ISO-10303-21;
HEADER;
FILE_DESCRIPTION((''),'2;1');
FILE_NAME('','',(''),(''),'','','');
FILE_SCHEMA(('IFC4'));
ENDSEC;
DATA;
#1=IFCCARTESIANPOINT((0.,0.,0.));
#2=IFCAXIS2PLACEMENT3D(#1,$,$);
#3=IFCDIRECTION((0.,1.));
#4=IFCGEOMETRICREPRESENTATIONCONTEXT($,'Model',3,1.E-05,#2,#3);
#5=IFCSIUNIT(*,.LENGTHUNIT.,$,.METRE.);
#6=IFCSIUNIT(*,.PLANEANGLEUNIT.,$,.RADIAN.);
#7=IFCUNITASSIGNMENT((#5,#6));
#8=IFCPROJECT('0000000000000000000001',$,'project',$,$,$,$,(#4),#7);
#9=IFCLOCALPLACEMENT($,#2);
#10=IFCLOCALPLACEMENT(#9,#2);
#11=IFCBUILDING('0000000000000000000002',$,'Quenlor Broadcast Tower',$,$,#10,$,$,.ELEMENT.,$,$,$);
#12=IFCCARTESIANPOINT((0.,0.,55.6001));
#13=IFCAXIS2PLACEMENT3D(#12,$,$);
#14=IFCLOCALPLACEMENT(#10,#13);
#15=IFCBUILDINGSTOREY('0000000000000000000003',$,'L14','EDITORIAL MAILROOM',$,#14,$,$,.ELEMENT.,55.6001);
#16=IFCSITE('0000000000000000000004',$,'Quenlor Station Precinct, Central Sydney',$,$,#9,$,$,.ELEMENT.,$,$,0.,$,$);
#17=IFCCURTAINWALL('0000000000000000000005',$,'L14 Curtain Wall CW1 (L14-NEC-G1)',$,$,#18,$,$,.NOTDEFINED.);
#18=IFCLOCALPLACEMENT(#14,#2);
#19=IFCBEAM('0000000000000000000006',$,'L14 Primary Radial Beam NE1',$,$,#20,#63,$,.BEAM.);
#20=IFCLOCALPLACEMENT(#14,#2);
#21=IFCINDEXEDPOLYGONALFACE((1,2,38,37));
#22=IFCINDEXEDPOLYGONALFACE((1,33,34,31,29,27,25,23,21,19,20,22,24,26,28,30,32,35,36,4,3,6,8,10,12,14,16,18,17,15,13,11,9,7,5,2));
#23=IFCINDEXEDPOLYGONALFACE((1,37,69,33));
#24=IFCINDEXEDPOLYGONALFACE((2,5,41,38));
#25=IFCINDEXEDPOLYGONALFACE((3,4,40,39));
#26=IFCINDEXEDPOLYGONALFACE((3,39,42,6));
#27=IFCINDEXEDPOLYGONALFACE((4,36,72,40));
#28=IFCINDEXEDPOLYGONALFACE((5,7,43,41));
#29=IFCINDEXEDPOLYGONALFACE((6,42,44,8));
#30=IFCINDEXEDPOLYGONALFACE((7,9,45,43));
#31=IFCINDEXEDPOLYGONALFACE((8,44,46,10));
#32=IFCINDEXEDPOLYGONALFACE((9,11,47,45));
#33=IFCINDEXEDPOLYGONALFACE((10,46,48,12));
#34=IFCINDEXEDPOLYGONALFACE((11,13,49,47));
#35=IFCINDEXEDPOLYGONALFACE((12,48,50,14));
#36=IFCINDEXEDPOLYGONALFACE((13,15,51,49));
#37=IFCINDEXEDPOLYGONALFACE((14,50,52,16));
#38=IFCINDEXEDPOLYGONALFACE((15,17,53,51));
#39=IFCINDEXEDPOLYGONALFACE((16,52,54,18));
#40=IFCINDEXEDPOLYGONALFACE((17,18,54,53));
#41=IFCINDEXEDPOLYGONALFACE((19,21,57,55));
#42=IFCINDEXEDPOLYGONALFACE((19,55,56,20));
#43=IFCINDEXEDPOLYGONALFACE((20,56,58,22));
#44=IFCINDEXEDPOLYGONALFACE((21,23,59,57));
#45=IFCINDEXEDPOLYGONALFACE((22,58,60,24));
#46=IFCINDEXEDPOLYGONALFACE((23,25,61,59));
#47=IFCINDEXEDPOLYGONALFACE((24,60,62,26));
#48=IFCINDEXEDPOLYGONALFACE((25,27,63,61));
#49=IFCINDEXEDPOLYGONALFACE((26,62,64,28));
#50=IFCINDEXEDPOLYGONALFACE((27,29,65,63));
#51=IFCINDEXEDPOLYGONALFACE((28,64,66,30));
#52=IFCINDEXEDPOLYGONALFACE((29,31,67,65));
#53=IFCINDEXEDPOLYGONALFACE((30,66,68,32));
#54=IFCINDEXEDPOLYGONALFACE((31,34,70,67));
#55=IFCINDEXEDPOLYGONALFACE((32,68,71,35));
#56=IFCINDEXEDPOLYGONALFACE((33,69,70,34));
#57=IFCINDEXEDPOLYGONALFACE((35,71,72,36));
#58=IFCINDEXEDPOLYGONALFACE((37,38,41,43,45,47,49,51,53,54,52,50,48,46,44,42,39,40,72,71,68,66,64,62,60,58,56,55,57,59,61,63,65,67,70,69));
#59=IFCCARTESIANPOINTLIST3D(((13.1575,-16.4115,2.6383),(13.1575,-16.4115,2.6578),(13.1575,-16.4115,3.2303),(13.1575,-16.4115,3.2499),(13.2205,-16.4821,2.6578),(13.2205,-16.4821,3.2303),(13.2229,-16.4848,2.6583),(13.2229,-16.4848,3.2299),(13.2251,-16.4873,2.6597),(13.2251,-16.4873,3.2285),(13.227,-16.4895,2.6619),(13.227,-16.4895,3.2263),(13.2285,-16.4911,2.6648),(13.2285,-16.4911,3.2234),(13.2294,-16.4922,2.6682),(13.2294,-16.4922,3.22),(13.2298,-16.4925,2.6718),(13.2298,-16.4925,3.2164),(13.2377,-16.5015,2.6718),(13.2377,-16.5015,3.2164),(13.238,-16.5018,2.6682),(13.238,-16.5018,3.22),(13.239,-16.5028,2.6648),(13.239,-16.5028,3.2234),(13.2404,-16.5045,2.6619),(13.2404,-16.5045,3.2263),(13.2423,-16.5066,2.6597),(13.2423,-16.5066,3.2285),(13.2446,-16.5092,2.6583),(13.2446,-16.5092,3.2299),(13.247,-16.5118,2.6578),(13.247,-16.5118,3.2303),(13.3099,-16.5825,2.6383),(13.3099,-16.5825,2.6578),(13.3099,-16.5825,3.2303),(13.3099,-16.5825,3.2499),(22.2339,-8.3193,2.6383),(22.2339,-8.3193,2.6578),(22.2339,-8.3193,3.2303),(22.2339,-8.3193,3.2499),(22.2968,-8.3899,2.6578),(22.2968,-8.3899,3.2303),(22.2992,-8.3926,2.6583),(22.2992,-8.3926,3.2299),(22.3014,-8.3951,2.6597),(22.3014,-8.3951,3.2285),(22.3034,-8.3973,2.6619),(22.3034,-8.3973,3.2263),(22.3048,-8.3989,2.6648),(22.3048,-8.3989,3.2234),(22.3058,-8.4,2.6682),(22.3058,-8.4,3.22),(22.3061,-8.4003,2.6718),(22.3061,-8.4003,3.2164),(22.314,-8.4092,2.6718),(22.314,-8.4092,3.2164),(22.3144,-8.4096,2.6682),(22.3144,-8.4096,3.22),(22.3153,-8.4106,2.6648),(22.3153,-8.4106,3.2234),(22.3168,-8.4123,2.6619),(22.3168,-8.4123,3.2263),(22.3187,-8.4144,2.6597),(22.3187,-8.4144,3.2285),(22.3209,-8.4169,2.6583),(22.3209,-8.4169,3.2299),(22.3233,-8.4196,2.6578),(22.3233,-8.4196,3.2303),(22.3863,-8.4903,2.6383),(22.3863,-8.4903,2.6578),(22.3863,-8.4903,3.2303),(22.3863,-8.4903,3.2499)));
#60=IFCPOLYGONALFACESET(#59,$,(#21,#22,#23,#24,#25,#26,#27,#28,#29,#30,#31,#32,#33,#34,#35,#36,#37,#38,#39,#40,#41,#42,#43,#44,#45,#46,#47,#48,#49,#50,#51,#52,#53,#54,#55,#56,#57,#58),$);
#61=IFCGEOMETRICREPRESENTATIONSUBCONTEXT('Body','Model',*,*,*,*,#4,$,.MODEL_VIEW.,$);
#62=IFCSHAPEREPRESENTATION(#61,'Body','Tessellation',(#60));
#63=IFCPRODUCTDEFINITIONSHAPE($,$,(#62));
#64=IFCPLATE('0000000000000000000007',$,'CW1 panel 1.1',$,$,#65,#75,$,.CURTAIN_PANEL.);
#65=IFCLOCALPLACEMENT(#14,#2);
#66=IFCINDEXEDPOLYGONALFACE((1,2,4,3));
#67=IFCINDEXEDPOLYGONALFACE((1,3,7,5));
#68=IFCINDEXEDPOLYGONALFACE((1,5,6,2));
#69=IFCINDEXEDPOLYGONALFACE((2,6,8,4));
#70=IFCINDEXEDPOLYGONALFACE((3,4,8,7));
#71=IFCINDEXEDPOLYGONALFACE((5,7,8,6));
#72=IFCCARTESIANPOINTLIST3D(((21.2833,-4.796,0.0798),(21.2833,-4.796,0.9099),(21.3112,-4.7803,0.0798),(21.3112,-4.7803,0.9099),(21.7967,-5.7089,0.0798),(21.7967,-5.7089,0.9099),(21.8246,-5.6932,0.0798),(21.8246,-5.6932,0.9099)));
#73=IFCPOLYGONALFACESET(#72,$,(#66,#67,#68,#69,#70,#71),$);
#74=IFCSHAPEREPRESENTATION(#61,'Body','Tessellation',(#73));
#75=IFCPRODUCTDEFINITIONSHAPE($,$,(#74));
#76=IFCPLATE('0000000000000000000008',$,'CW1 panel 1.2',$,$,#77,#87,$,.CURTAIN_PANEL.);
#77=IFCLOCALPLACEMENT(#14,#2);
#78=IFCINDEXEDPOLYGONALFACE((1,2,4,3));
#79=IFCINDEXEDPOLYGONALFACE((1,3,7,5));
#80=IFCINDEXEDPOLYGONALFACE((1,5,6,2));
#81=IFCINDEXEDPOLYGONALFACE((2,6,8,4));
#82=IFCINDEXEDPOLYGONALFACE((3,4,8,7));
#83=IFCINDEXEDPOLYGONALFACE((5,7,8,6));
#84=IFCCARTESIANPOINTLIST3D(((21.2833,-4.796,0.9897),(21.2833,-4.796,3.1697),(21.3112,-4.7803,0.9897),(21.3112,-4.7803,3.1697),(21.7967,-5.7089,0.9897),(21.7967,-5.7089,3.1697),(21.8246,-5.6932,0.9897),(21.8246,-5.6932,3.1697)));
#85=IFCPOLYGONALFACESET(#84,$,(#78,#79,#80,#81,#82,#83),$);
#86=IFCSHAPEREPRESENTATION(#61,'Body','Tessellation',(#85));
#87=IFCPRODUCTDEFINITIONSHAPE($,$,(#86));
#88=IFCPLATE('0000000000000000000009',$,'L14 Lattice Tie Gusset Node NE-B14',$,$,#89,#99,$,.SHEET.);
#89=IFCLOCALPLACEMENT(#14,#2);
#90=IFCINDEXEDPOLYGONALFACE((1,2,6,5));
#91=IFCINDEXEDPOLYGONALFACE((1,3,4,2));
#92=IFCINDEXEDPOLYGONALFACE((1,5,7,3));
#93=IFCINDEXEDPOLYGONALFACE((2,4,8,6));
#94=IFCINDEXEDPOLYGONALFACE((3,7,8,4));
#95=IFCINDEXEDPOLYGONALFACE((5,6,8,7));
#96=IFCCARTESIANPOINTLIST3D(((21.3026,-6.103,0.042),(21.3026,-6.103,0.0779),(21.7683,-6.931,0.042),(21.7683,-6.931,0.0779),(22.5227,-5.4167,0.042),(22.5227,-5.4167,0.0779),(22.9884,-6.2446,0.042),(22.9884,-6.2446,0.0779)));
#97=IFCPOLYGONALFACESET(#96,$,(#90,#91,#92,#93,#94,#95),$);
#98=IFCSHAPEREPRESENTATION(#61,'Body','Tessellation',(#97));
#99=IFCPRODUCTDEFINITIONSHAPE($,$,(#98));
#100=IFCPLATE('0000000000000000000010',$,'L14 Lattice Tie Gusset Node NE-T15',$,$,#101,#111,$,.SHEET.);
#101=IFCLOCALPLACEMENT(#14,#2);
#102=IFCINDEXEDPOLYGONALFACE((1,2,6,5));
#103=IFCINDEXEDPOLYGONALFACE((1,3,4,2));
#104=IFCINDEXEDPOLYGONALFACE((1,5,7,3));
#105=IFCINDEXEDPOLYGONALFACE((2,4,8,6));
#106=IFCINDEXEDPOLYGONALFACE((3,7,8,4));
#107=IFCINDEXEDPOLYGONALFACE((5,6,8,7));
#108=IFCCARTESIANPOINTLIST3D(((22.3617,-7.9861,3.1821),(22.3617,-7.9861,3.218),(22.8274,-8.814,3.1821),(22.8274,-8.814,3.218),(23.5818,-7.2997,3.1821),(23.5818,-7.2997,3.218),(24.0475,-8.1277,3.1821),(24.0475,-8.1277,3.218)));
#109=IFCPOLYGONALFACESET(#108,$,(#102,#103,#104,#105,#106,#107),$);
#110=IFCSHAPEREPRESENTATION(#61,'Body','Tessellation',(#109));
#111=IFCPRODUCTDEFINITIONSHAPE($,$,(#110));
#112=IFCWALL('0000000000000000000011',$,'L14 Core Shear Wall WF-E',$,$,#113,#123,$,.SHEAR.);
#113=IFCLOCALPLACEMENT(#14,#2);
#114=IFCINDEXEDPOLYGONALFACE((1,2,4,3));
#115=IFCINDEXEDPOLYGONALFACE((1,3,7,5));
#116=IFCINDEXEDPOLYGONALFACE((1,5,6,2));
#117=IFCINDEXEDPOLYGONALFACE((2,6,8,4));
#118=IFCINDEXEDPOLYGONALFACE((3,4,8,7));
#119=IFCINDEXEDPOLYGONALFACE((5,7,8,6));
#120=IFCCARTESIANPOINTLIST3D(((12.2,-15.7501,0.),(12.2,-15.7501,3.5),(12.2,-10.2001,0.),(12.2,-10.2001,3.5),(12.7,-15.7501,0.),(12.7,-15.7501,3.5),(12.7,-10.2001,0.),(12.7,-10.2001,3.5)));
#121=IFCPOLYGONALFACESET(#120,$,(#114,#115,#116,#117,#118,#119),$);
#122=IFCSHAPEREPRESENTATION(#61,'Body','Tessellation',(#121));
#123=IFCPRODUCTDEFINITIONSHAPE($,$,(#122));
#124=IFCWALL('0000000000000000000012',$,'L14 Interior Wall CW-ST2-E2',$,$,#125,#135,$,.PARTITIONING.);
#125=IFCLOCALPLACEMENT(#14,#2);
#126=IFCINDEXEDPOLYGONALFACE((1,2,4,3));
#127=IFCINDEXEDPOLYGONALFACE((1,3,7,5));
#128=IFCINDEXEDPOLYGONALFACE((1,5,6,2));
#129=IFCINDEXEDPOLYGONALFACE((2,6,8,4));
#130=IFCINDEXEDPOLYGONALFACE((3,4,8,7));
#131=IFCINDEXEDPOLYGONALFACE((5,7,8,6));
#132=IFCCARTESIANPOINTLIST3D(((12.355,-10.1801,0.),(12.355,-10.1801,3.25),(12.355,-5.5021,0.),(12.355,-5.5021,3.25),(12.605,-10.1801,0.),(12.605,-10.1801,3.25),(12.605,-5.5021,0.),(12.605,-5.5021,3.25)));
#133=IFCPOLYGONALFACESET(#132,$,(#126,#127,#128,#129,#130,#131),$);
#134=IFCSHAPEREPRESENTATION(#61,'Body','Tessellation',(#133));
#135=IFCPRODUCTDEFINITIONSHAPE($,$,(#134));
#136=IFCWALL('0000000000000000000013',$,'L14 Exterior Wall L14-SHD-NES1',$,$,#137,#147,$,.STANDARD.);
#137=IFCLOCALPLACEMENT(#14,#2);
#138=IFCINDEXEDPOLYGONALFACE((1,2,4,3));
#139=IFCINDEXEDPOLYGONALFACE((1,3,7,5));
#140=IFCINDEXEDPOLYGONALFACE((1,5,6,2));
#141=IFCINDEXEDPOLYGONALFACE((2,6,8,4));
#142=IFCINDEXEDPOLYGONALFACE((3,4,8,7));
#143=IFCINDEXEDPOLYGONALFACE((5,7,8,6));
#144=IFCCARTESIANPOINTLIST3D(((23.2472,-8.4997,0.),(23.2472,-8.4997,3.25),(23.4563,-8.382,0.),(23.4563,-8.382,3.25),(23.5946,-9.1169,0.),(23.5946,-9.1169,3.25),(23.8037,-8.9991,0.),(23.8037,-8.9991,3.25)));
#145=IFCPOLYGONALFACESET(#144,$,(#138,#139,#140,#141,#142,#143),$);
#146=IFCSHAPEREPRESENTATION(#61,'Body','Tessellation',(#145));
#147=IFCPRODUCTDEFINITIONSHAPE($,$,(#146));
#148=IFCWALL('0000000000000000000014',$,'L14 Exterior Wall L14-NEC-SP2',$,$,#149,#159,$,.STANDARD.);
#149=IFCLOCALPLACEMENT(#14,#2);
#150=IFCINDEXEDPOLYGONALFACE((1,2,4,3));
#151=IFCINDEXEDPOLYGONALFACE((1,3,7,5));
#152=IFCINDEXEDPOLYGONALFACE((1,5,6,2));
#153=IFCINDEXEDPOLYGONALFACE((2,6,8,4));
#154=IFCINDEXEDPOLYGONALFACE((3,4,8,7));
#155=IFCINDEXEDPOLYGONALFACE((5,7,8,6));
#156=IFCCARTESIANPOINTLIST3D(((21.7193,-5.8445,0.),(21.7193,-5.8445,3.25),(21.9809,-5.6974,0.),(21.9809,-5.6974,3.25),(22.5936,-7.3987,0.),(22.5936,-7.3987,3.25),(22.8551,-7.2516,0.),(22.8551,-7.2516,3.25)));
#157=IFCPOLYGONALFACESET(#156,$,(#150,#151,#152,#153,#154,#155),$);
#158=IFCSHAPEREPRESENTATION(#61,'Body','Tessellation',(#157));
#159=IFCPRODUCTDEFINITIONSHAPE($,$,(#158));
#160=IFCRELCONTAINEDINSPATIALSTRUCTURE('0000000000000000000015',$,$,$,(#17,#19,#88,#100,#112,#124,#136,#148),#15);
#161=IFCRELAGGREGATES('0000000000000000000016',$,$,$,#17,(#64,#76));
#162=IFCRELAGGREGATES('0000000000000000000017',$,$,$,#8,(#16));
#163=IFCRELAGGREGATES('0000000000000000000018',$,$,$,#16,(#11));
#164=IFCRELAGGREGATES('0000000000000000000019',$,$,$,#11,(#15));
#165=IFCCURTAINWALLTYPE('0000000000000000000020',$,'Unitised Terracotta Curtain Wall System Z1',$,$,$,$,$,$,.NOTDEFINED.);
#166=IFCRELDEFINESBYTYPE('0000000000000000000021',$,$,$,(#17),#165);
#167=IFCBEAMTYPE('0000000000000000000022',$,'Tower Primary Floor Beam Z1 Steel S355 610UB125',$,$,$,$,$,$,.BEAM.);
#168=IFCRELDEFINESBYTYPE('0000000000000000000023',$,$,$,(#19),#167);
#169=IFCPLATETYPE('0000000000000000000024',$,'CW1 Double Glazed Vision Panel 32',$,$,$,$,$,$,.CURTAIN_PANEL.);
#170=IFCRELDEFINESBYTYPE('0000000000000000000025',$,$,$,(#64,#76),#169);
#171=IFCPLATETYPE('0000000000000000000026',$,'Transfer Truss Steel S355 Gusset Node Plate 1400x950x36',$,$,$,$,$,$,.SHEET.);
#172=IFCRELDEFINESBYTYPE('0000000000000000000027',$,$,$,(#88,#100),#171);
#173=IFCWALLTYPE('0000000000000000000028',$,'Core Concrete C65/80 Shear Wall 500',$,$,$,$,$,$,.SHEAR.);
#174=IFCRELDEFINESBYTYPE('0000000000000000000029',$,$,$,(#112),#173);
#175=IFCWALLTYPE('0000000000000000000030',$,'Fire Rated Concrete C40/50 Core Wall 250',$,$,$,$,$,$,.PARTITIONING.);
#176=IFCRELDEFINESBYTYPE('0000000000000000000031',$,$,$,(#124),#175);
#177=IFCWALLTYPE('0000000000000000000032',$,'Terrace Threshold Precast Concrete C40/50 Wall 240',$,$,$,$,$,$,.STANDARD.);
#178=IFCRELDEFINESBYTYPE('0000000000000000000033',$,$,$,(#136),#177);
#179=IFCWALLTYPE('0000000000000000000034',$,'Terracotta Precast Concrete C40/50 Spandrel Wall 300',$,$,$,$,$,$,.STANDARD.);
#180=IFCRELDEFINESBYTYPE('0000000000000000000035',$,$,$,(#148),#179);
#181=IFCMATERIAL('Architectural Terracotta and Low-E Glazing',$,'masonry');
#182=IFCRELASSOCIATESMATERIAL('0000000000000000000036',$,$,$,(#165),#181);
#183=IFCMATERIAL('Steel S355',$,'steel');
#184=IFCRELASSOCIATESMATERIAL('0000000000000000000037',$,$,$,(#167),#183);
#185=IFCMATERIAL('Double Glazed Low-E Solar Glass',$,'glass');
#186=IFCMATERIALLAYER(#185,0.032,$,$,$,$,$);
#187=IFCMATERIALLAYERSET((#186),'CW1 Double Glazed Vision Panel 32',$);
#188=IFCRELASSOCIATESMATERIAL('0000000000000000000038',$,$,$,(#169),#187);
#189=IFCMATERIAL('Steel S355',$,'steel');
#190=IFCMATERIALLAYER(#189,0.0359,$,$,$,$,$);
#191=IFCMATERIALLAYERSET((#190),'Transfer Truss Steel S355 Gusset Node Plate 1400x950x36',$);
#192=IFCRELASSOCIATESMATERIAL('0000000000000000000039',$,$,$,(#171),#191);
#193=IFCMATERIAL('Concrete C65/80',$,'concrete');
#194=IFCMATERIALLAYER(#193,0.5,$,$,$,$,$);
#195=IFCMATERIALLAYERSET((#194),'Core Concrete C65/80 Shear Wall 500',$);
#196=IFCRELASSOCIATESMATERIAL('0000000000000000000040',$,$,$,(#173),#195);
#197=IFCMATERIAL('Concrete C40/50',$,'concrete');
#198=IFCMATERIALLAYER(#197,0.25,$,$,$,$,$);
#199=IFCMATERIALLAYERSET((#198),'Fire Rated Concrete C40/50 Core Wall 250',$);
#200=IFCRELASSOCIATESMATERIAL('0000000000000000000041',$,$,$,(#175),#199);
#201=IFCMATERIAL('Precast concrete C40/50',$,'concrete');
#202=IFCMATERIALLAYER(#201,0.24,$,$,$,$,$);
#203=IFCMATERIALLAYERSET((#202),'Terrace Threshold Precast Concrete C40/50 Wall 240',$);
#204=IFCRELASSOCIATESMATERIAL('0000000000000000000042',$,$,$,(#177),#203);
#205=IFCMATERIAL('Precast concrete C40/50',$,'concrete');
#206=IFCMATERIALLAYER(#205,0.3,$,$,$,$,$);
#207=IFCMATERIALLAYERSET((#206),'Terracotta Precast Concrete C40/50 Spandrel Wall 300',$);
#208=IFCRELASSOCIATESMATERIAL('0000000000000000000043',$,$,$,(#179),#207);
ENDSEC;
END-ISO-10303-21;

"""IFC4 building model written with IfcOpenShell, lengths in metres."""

from ifc_helpers import new_model, si_unit, direction, frame, frame_2d, origin, origin_2d, place, context, subcontext, project, spatial, rectangle, i_section, extrude, material, layer, layer_set, material_profile, profile_set, type_object, element, aggregate, save


model = new_model("IFC4")

# Units and contexts
model_context = context("Model", 3, precision=1e-05, world=origin(), true_north=direction((0.0, 1.0)))
body_context = subcontext(model_context, "Body", "Model", "MODEL_VIEW")
ifc_project = project(units=[si_unit("LENGTHUNIT", "METRE"), si_unit("PLANEANGLEUNIT", "RADIAN")], contexts=[model_context])

# Site, building, storey
site_placement = place(None, origin())
site = spatial("IfcSite", under=ifc_project, at=site_placement, Name="Quenlor Station Precinct, Central Sydney", CompositionType="ELEMENT", RefElevation=0.0)
building_placement = place(site_placement, origin())
building = spatial("IfcBuilding", under=site, at=building_placement, Name="Quenlor Broadcast Tower", CompositionType="ELEMENT")
storey_placement = place(building_placement, frame((0.0, 0.0, 55.6001)))
storey = spatial("IfcBuildingStorey", under=building, at=storey_placement, Name="L14", Description="EDITORIAL MAILROOM", CompositionType="ELEMENT", Elevation=55.6001)

# Curtain wall
ifc_material_1 = material(Name="Architectural Terracotta and Low-E Glazing", Category="masonry")
curtain_wall_type = type_object("IfcCurtainWallType", Name="Unitised Terracotta Curtain Wall System Z1", PredefinedType="NOTDEFINED", material=ifc_material_1)
curtain_wall_placement = place(storey_placement, origin())
curtain_wall = element("IfcCurtainWall", 1, at=curtain_wall_placement, inside=storey, type_object=curtain_wall_type, Name="L14 Curtain Wall CW1 (L14-NEC-G1)", PredefinedType="NOTDEFINED")

# Beam
ifc_material_2 = material(Name="Steel S355", Category="steel")
ifc_material_profile_1 = material_profile(ifc_material_2, i_section(OverallWidth=0.229, OverallDepth=0.6116, WebThickness=0.012, FlangeThickness=0.0195, FilletRadius=0.0139, at=origin_2d()))
ifc_profile_set_1 = profile_set([ifc_material_profile_1], Name="Steel S355 610UB125")
beam_type_1 = type_object("IfcBeamType", Name="Tower Primary Floor Beam Z1 Steel S355 610UB125", PredefinedType="BEAM", material=ifc_profile_set_1)
beam_1_placement = place(storey_placement, frame((22.3101, -8.4048, 2.9441), z_axis=(-0.746414, -0.665482, 0.0), x_axis=(0.665482, -0.746414, 0.0)))
element("IfcBeam", 2, at=beam_1_placement, inside=storey, type_object=beam_type_1, Name="L14 Primary Radial Beam NE1", PredefinedType="BEAM", context=body_context, shape_type="SweptSolid", body=[
    extrude(i_section(OverallWidth=0.229, OverallDepth=0.6116, WebThickness=0.012, FlangeThickness=0.0195, FilletRadius=0.0139, at=origin_2d()), origin(), (0.0, 0.0, 1.0), 12.1599),
])

# Plates
ifc_material_3 = material(Name="Double Glazed Low-E Solar Glass", Category="glass")
ifc_layer_1 = layer(ifc_material_3, 0.032)
ifc_layer_set_1 = layer_set([ifc_layer_1], Name="CW1 Double Glazed Vision Panel 32")
plate_type_1 = type_object("IfcPlateType", Name="CW1 Double Glazed Vision Panel 32", PredefinedType="CURTAIN_PANEL", material=ifc_layer_set_1)
plate_1_placement = place(storey_placement, frame((21.554, -5.2446, 0.0798), z_axis=(0.0, 0.0, 1.0), x_axis=(0.490214, -0.871602, 0.0)))
plate_1 = element("IfcPlate", 3, at=plate_1_placement, type_object=plate_type_1, Name="CW1 panel 1.1", PredefinedType="CURTAIN_PANEL", context=body_context, shape_type="SweptSolid", body=[
    extrude(rectangle(XDim=1.0474, YDim=0.032, at=origin_2d()), origin(), (0.0, 0.0, 1.0), 0.8301),
])
plate_2_placement = place(storey_placement, frame((21.554, -5.2446, 0.9897), z_axis=(0.0, 0.0, 1.0), x_axis=(0.490214, -0.871602, 0.0)))
plate_2 = element("IfcPlate", 4, at=plate_2_placement, type_object=plate_type_1, Name="CW1 panel 1.2", PredefinedType="CURTAIN_PANEL", context=body_context, shape_type="SweptSolid", body=[
    extrude(rectangle(XDim=1.0474, YDim=0.032, at=origin_2d()), origin(), (0.0, 0.0, 1.0), 2.1799),
])
aggregate(curtain_wall, [plate_1, plate_2])

# Plates
ifc_material_4 = material(Name="Steel S355", Category="steel")
ifc_layer_2 = layer(ifc_material_4, 0.0359)
ifc_layer_set_2 = layer_set([ifc_layer_2], Name="Transfer Truss Steel S355 Gusset Node Plate 1400x950x36")
plate_type_2 = type_object("IfcPlateType", Name="Transfer Truss Steel S355 Gusset Node Plate 1400x950x36", PredefinedType="SHEET", material=ifc_layer_set_2)
for number, where, z_axis, x_axis, name in (
    (5, (22.1455, -6.1738, 0.042), (0.0, 0.0, 1.0), (0.871556, 0.490295, 0.0), "L14 Lattice Tie Gusset Node NE-B14"),
    (6, (23.2046, -8.0569, 3.1821), (0.0, 0.0, 1.0), (0.871556, 0.490295, 0.0), "L14 Lattice Tie Gusset Node NE-T15"),
):
    element("IfcPlate", number, at=place(storey_placement, frame(where, z_axis=z_axis, x_axis=x_axis)), inside=storey, type_object=plate_type_2, Name=name, PredefinedType="SHEET", context=body_context, shape_type="SweptSolid", body=[
        extrude(rectangle(XDim=1.3999, YDim=0.95, at=origin_2d()), origin(), (0.0, 0.0, 1.0), 0.0359),
    ])

# Walls
ifc_material_5 = material(Name="Concrete C65/80", Category="concrete")
ifc_layer_3 = layer(ifc_material_5, 0.5)
ifc_layer_set_3 = layer_set([ifc_layer_3], Name="Core Concrete C65/80 Shear Wall 500")
wall_type_1 = type_object("IfcWallType", Name="Core Concrete C65/80 Shear Wall 500", PredefinedType="SHEAR", material=ifc_layer_set_3)
wall_1_placement = place(storey_placement, frame((12.45, -15.75, 0.0), z_axis=(0.0, 0.0, 1.0), x_axis=(0.0, 1.0, 0.0)))
element("IfcWall", 7, at=wall_1_placement, inside=storey, type_object=wall_type_1, Name="L14 Core Shear Wall WF-E", PredefinedType="SHEAR", context=body_context, shape_type="SweptSolid", body=[
    extrude(rectangle(XDim=5.55, YDim=0.5, at=frame_2d((2.7749, 0.0))), origin(), (0.0, 0.0, 1.0), 3.5),
])
ifc_material_6 = material(Name="Concrete C40/50", Category="concrete")
ifc_layer_4 = layer(ifc_material_6, 0.25)
ifc_layer_set_4 = layer_set([ifc_layer_4], Name="Fire Rated Concrete C40/50 Core Wall 250")
wall_type_2 = type_object("IfcWallType", Name="Fire Rated Concrete C40/50 Core Wall 250", PredefinedType="PARTITIONING", material=ifc_layer_set_4)
wall_2_placement = place(storey_placement, frame((12.48, -10.1799, 0.0), z_axis=(0.0, 0.0, 1.0), x_axis=(0.0, 1.0, 0.0)))
element("IfcWall", 8, at=wall_2_placement, inside=storey, type_object=wall_type_2, Name="L14 Interior Wall CW-ST2-E2", PredefinedType="PARTITIONING", context=body_context, shape_type="SweptSolid", body=[
    extrude(rectangle(XDim=4.678, YDim=0.25, at=frame_2d((2.3389, 0.0))), origin(), (0.0, 0.0, 1.0), 3.25),
])
ifc_material_7 = material(Name="Precast concrete C40/50", Category="concrete")
ifc_layer_5 = layer(ifc_material_7, 0.24)
ifc_layer_set_5 = layer_set([ifc_layer_5], Name="Terrace Threshold Precast Concrete C40/50 Wall 240")
wall_type_3 = type_object("IfcWallType", Name="Terrace Threshold Precast Concrete C40/50 Wall 240", PredefinedType="STANDARD", material=ifc_layer_set_5)
wall_3_placement = place(storey_placement, frame((23.3518, -8.4409, 0.0), z_axis=(0.0, 0.0, 1.0), x_axis=(0.490523, -0.871428, 0.0)))
element("IfcWall", 9, at=wall_3_placement, inside=storey, type_object=wall_type_3, Name="L14 Exterior Wall L14-SHD-NES1", PredefinedType="STANDARD", context=body_context, shape_type="SweptSolid", body=[
    extrude(rectangle(XDim=0.7083, YDim=0.24, at=frame_2d((0.354, 0.0))), origin(), (0.0, 0.0, 1.0), 3.25),
])
ifc_material_8 = material(Name="Precast concrete C40/50", Category="concrete")
ifc_layer_6 = layer(ifc_material_8, 0.3)
ifc_layer_set_6 = layer_set([ifc_layer_6], Name="Terracotta Precast Concrete C40/50 Spandrel Wall 300")
wall_type_4 = type_object("IfcWallType", Name="Terracotta Precast Concrete C40/50 Spandrel Wall 300", PredefinedType="STANDARD", material=ifc_layer_set_6)
wall_4_placement = place(storey_placement, frame((21.8501, -5.771, 0.0), z_axis=(0.0, 0.0, 1.0), x_axis=(0.490274, -0.871568, 0.0)))
element("IfcWall", 10, at=wall_4_placement, inside=storey, type_object=wall_type_4, Name="L14 Exterior Wall L14-NEC-SP2", PredefinedType="STANDARD", context=body_context, shape_type="SweptSolid", body=[
    extrude(rectangle(XDim=1.7832, YDim=0.3, at=frame_2d((0.8916, 0.0))), origin(), (0.0, 0.0, 1.0), 3.25),
])

save(model, "model.ifc")
